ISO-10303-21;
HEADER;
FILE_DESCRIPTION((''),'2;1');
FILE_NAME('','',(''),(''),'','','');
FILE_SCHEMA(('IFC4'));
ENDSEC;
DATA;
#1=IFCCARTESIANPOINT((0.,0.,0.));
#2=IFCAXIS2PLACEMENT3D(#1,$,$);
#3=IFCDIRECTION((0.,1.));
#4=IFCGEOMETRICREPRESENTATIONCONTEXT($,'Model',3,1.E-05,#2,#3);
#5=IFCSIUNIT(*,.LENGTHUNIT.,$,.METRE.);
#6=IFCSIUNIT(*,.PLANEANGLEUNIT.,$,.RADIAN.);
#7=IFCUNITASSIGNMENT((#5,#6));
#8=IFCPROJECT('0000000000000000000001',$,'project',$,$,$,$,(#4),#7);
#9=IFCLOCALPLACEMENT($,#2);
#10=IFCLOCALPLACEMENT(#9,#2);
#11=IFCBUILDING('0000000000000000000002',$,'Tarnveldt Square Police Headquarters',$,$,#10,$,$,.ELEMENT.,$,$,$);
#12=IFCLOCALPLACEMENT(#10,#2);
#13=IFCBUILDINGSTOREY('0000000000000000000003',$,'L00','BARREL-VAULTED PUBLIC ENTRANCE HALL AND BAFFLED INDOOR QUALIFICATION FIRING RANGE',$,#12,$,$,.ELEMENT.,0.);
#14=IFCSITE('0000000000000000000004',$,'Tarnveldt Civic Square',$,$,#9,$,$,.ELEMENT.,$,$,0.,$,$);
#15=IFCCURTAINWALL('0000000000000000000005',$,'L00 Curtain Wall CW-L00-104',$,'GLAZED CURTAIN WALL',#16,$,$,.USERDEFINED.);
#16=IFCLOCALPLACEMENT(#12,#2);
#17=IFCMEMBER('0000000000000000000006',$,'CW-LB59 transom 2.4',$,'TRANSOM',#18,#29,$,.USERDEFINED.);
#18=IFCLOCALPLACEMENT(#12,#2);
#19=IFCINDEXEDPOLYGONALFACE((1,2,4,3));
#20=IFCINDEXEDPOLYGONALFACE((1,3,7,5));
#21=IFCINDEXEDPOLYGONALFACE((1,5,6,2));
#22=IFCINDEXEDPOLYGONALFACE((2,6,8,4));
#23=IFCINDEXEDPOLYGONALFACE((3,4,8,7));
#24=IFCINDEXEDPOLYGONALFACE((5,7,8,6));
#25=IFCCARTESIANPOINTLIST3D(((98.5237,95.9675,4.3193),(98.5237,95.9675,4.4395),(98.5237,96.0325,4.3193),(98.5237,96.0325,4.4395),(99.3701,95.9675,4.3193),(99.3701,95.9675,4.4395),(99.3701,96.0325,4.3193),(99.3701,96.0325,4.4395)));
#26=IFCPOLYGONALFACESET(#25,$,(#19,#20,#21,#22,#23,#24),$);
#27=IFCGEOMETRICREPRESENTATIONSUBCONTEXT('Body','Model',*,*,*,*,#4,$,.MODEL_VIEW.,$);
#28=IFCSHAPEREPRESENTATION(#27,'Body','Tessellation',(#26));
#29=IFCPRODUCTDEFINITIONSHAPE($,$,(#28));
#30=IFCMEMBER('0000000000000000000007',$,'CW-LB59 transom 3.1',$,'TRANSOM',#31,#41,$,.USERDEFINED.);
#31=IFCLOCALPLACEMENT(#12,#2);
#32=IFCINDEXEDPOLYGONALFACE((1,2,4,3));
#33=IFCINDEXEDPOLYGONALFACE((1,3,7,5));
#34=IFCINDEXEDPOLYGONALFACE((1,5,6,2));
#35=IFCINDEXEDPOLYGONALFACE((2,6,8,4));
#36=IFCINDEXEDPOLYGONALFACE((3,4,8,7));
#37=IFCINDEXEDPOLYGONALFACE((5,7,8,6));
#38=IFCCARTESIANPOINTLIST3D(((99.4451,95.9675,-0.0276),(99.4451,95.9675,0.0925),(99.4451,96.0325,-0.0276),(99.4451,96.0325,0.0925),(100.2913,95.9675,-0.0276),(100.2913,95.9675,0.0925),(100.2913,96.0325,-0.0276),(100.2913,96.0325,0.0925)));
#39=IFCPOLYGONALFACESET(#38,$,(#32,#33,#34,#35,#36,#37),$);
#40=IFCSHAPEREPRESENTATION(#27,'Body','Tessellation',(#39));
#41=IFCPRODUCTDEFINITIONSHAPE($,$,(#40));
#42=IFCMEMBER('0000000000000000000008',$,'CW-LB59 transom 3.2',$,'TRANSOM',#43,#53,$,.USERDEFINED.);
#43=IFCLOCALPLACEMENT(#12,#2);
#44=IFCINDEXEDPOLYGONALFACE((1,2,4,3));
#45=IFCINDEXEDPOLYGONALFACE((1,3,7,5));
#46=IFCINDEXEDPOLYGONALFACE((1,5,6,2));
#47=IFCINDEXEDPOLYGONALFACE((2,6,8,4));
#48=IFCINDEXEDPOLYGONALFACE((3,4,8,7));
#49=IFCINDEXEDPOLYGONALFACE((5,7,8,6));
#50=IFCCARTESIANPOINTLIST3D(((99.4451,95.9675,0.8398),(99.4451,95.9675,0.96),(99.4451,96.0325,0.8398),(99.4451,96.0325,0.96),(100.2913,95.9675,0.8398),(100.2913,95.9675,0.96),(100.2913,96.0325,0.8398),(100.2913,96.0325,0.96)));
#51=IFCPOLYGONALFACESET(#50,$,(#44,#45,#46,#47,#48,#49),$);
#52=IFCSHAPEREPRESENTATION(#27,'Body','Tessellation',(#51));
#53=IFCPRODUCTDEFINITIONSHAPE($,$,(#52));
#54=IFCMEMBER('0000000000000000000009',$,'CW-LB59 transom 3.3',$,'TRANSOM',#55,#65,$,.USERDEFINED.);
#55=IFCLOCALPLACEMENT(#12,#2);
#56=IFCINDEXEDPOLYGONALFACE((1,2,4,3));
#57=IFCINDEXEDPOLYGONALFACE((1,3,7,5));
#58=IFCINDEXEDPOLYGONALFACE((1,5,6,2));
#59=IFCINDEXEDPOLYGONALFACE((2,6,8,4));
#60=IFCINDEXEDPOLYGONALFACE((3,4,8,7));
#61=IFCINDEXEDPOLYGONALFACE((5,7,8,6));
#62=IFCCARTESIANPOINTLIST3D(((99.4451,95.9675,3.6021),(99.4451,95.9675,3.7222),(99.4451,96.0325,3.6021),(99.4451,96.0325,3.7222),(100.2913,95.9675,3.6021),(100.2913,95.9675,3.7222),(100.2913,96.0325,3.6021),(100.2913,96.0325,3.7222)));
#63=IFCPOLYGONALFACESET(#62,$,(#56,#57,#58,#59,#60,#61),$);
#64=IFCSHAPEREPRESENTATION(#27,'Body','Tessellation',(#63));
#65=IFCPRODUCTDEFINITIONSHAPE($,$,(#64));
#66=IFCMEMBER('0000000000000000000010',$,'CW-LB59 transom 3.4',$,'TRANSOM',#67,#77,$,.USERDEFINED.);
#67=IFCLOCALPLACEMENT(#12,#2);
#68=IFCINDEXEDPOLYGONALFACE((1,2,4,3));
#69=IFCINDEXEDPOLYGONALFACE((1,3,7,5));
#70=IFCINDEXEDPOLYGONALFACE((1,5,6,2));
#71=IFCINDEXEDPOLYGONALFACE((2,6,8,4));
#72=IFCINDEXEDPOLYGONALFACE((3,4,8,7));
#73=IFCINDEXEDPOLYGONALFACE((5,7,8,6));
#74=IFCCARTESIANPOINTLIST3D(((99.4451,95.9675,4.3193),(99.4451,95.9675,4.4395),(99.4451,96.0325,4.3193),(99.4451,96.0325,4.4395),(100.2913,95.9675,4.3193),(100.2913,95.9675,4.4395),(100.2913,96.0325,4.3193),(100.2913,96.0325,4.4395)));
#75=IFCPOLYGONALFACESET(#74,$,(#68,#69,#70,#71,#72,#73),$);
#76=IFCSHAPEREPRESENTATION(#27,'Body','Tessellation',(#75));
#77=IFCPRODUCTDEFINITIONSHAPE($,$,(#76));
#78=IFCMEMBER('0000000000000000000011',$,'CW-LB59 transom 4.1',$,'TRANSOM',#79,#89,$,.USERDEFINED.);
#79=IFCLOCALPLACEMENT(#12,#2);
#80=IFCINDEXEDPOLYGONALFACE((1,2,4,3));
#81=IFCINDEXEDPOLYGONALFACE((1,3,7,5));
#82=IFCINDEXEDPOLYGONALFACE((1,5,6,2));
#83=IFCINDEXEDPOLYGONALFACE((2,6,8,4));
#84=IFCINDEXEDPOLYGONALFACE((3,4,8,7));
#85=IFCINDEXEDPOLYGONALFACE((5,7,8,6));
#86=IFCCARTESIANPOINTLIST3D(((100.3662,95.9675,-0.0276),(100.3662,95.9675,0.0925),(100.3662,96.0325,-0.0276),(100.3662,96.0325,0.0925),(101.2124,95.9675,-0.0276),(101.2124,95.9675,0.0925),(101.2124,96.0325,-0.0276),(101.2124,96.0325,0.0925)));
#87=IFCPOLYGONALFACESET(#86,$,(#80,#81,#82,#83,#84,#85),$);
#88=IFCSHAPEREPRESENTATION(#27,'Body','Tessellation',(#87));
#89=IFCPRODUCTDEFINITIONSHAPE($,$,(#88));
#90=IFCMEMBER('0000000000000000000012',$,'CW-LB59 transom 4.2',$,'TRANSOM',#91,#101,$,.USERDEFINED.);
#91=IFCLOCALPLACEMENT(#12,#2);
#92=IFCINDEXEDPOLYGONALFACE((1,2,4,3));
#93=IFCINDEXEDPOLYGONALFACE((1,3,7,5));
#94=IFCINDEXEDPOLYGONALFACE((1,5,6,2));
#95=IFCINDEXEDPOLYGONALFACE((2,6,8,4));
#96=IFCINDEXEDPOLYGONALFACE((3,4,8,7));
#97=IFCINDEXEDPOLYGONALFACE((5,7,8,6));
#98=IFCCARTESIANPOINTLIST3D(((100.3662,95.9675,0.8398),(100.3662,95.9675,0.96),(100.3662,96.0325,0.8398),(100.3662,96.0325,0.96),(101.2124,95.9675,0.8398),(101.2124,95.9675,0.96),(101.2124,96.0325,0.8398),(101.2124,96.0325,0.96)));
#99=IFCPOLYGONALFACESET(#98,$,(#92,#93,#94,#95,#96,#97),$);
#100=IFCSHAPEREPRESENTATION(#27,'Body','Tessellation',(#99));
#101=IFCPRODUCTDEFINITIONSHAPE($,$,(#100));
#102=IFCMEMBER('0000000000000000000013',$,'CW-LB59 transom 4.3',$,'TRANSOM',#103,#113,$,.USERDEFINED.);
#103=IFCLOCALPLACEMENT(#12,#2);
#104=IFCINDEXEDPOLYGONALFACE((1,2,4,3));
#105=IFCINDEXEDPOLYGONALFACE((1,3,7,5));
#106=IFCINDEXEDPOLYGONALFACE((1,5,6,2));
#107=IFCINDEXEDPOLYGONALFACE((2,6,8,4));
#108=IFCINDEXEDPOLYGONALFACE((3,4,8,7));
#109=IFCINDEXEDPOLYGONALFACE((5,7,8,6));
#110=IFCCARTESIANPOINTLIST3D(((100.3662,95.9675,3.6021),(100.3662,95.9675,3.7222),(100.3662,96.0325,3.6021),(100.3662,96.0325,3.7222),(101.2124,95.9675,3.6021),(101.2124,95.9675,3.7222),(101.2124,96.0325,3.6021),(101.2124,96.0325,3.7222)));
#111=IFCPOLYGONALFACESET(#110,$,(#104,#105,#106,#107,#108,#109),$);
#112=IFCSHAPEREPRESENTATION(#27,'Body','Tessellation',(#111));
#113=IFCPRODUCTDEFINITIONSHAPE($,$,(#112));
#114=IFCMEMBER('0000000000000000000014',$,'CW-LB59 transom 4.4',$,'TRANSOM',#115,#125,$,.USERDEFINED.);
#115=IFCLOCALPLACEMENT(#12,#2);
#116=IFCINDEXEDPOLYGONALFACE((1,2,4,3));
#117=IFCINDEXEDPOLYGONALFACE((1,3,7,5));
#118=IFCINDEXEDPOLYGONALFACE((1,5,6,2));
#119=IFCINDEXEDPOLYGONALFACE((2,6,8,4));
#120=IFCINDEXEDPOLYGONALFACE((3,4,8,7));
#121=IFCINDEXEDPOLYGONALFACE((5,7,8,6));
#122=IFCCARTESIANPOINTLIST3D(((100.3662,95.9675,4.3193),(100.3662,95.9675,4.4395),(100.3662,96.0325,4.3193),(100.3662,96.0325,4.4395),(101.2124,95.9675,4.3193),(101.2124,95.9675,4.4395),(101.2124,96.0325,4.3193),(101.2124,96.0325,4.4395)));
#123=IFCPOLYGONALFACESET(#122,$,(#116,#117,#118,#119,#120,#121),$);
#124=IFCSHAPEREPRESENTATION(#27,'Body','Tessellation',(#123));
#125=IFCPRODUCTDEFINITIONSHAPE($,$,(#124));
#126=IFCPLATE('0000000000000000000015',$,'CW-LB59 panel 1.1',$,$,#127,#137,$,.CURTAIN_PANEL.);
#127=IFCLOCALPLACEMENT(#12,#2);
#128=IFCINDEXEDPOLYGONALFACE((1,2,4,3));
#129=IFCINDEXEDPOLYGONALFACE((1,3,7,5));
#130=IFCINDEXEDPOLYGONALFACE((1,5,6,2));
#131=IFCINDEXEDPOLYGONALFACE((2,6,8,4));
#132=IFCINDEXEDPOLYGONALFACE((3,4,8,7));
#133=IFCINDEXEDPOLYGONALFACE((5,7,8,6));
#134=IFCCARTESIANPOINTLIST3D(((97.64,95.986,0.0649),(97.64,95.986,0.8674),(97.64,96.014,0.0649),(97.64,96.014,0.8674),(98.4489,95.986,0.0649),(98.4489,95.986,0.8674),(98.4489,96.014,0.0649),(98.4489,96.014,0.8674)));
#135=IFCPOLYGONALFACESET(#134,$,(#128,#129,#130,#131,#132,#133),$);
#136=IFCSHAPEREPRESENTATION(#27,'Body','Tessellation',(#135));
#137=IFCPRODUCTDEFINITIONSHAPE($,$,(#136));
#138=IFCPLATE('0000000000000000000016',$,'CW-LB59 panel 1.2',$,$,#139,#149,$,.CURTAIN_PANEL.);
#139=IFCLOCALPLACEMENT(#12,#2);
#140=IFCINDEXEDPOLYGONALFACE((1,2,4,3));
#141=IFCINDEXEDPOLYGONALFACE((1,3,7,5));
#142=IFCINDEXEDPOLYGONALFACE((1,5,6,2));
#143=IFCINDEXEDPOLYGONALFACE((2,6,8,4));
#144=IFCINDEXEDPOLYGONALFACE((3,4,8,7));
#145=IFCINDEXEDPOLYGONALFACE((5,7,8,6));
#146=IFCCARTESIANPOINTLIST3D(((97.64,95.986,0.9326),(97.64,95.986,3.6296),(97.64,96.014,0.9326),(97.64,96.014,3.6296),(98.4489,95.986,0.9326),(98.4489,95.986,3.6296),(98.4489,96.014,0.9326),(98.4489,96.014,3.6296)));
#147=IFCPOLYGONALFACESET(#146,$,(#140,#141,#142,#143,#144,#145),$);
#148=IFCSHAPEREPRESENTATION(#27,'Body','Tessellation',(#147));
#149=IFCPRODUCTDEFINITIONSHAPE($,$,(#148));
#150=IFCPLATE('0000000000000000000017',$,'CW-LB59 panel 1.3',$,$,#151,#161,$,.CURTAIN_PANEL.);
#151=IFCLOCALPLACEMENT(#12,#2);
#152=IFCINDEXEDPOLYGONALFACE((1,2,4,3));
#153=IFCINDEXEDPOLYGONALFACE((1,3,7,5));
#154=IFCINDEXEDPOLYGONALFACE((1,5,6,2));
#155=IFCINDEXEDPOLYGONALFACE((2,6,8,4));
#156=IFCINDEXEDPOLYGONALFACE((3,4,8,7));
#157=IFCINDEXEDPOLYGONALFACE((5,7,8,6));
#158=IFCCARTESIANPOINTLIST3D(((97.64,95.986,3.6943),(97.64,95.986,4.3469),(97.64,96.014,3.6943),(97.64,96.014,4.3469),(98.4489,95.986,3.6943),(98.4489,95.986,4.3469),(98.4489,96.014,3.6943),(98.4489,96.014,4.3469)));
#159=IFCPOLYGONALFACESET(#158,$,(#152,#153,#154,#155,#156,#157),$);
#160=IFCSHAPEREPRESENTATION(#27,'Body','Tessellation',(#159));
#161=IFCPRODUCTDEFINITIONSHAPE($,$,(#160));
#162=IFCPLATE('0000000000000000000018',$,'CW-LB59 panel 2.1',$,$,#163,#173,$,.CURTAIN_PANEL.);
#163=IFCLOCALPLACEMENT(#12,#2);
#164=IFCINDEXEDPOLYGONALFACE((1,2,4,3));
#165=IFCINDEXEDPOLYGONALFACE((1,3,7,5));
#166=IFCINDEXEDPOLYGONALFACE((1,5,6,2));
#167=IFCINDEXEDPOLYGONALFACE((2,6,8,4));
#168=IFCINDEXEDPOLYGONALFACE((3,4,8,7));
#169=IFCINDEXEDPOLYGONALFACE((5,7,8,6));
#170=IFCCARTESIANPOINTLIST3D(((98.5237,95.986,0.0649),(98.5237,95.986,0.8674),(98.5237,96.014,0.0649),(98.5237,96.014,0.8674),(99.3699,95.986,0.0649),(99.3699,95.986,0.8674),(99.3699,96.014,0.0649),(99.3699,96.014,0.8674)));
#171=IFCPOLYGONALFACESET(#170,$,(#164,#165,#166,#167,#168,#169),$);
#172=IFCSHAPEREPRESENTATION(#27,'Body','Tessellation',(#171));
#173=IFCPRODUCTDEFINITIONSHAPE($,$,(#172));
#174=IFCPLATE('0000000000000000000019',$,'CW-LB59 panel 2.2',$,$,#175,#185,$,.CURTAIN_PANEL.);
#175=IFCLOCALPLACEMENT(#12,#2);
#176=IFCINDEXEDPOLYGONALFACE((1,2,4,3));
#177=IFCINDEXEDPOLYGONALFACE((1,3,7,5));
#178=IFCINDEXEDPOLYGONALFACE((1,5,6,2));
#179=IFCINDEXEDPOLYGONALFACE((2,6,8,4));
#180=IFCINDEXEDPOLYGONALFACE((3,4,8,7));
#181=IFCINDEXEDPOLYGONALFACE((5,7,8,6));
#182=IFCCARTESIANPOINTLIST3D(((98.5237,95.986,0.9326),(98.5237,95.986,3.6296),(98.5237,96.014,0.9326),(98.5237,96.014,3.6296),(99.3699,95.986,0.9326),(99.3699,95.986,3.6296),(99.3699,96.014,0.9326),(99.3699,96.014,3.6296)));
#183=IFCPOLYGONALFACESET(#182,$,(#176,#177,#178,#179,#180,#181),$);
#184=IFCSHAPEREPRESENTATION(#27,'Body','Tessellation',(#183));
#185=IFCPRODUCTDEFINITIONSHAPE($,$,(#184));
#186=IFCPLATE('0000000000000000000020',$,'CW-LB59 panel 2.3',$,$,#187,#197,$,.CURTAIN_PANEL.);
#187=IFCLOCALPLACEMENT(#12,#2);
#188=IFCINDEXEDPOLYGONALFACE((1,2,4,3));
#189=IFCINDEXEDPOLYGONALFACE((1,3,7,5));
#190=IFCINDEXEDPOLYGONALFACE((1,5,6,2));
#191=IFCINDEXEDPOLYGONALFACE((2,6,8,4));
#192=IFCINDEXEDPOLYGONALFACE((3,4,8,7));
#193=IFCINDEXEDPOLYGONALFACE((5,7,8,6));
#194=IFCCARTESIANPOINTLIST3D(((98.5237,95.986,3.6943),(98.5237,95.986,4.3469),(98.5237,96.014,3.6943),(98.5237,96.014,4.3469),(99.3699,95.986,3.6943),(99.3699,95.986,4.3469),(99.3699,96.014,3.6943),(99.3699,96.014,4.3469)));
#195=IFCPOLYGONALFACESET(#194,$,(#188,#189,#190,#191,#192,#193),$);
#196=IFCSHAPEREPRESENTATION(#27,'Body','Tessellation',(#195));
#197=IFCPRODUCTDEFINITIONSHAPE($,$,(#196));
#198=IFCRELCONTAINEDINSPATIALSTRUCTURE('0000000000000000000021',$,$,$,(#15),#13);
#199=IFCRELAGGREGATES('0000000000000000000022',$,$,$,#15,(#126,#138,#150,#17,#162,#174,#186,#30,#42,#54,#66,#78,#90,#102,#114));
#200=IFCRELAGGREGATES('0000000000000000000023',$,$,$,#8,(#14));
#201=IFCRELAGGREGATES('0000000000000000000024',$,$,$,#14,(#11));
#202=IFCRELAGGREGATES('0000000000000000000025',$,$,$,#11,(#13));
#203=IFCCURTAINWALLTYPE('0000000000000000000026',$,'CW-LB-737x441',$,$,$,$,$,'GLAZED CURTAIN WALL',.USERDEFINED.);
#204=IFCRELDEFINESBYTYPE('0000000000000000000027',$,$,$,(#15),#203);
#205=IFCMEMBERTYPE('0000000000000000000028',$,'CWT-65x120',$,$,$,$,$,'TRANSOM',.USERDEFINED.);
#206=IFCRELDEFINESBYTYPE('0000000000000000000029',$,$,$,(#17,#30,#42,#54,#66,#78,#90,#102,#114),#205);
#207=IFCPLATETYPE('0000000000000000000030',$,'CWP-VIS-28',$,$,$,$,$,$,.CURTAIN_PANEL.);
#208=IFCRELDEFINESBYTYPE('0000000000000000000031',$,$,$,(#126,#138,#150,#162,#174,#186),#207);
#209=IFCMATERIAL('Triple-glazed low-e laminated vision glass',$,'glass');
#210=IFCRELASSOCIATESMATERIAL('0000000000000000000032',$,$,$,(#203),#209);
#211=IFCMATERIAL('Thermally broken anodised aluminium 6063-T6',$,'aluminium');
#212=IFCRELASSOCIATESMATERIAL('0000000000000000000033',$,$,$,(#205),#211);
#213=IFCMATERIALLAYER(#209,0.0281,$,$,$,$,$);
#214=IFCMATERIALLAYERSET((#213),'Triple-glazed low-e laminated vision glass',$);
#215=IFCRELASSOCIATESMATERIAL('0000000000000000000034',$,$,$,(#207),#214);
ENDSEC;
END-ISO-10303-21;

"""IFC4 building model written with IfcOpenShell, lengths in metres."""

from ifc_helpers import new_model, si_unit, direction, frame, origin, origin_2d, place, context, subcontext, project, spatial, rectangle, extrude, material, layer, layer_set, material_profile, profile_set, type_object, element, aggregate, save


model = new_model("IFC4")

# Units and contexts
model_context = context("Model", 3, precision=1e-05, world=origin(), true_north=direction((0.0, 1.0)))
body_context = subcontext(model_context, "Body", "Model", "MODEL_VIEW")
ifc_project = project(units=[si_unit("LENGTHUNIT", "METRE"), si_unit("PLANEANGLEUNIT", "RADIAN")], contexts=[model_context])

# Site, building, storey
site_placement = place(None, origin())
site = spatial("IfcSite", under=ifc_project, at=site_placement, Name="Tarnveldt Civic Square", CompositionType="ELEMENT", RefElevation=0.0)
building_placement = place(site_placement, origin())
building = spatial("IfcBuilding", under=site, at=building_placement, Name="Tarnveldt Square Police Headquarters", CompositionType="ELEMENT")
storey_placement = place(building_placement, origin())
storey = spatial("IfcBuildingStorey", under=building, at=storey_placement, Name="L00", Description="BARREL-VAULTED PUBLIC ENTRANCE HALL AND BAFFLED INDOOR QUALIFICATION FIRING RANGE", CompositionType="ELEMENT", Elevation=0.0)

# Curtain wall, members, plates
ifc_material_1 = material(Name="Triple-glazed low-e laminated vision glass", Category="glass")
curtain_wall_type = type_object("IfcCurtainWallType", Name="CW-LB-737x441", ElementType="GLAZED CURTAIN WALL", PredefinedType="USERDEFINED", material=ifc_material_1)
curtain_wall_placement = place(storey_placement, origin())
curtain_wall = element("IfcCurtainWall", 1, at=curtain_wall_placement, inside=storey, type_object=curtain_wall_type, Name="L00 Curtain Wall CW-L00-104", ObjectType="GLAZED CURTAIN WALL", PredefinedType="USERDEFINED")
ifc_material_2 = material(Name="Thermally broken anodised aluminium 6063-T6", Category="aluminium")
ifc_material_profile_1 = material_profile(ifc_material_2, rectangle(XDim=0.0649, YDim=0.1201, at=origin_2d()), Name="CW-T65x120")
ifc_profile_set_1 = profile_set([ifc_material_profile_1], Name="Thermally broken anodised aluminium 6063-T6")
member_type_1 = type_object("IfcMemberType", Name="CWT-65x120", ElementType="TRANSOM", PredefinedType="USERDEFINED", material=ifc_profile_set_1)
member_1_placement = place(storey_placement, frame((98.5237, 96.0, 4.3794), z_axis=(1.0, 0.0, 0.0), x_axis=(0.0, 1.0, 0.0)))
member_1 = element("IfcMember", 2, at=member_1_placement, type_object=member_type_1, Name="CW-LB59 transom 2.4", ObjectType="TRANSOM", PredefinedType="USERDEFINED", context=body_context, shape_type="SweptSolid", body=[
    extrude(rectangle(XDim=0.0649, YDim=0.1201, at=origin_2d()), origin(), (0.0, 0.0, 1.0), 0.8464),
])
member_2_placement = place(storey_placement, frame((99.4451, 96.0, 0.0325), z_axis=(1.0, 0.0, 0.0), x_axis=(0.0, 1.0, 0.0)))
member_2 = element("IfcMember", 3, at=member_2_placement, type_object=member_type_1, Name="CW-LB59 transom 3.1", ObjectType="TRANSOM", PredefinedType="USERDEFINED", context=body_context, shape_type="SweptSolid", body=[
    extrude(rectangle(XDim=0.0649, YDim=0.1201, at=origin_2d()), origin(), (0.0, 0.0, 1.0), 0.8462),
])
member_3_placement = place(storey_placement, frame((99.4451, 96.0, 0.8999), z_axis=(1.0, 0.0, 0.0), x_axis=(0.0, 1.0, 0.0)))
member_3 = element("IfcMember", 4, at=member_3_placement, type_object=member_type_1, Name="CW-LB59 transom 3.2", ObjectType="TRANSOM", PredefinedType="USERDEFINED", context=body_context, shape_type="SweptSolid", body=[
    extrude(rectangle(XDim=0.0649, YDim=0.1201, at=origin_2d()), origin(), (0.0, 0.0, 1.0), 0.8462),
])
member_4_placement = place(storey_placement, frame((99.4451, 96.0, 3.6621), z_axis=(1.0, 0.0, 0.0), x_axis=(0.0, 1.0, 0.0)))
member_4 = element("IfcMember", 5, at=member_4_placement, type_object=member_type_1, Name="CW-LB59 transom 3.3", ObjectType="TRANSOM", PredefinedType="USERDEFINED", context=body_context, shape_type="SweptSolid", body=[
    extrude(rectangle(XDim=0.0649, YDim=0.1201, at=origin_2d()), origin(), (0.0, 0.0, 1.0), 0.8462),
])
member_5_placement = place(storey_placement, frame((99.4451, 96.0, 4.3794), z_axis=(1.0, 0.0, 0.0), x_axis=(0.0, 1.0, 0.0)))
member_5 = element("IfcMember", 6, at=member_5_placement, type_object=member_type_1, Name="CW-LB59 transom 3.4", ObjectType="TRANSOM", PredefinedType="USERDEFINED", context=body_context, shape_type="SweptSolid", body=[
    extrude(rectangle(XDim=0.0649, YDim=0.1201, at=origin_2d()), origin(), (0.0, 0.0, 1.0), 0.8462),
])
member_6_placement = place(storey_placement, frame((100.3662, 96.0, 0.0325), z_axis=(1.0, 0.0, 0.0), x_axis=(0.0, 1.0, 0.0)))
member_6 = element("IfcMember", 7, at=member_6_placement, type_object=member_type_1, Name="CW-LB59 transom 4.1", ObjectType="TRANSOM", PredefinedType="USERDEFINED", context=body_context, shape_type="SweptSolid", body=[
    extrude(rectangle(XDim=0.0649, YDim=0.1201, at=origin_2d()), origin(), (0.0, 0.0, 1.0), 0.8462),
])
member_7_placement = place(storey_placement, frame((100.3662, 96.0, 0.8999), z_axis=(1.0, 0.0, 0.0), x_axis=(0.0, 1.0, 0.0)))
member_7 = element("IfcMember", 8, at=member_7_placement, type_object=member_type_1, Name="CW-LB59 transom 4.2", ObjectType="TRANSOM", PredefinedType="USERDEFINED", context=body_context, shape_type="SweptSolid", body=[
    extrude(rectangle(XDim=0.0649, YDim=0.1201, at=origin_2d()), origin(), (0.0, 0.0, 1.0), 0.8462),
])
member_8_placement = place(storey_placement, frame((100.3662, 96.0, 3.6621), z_axis=(1.0, 0.0, 0.0), x_axis=(0.0, 1.0, 0.0)))
member_8 = element("IfcMember", 9, at=member_8_placement, type_object=member_type_1, Name="CW-LB59 transom 4.3", ObjectType="TRANSOM", PredefinedType="USERDEFINED", context=body_context, shape_type="SweptSolid", body=[
    extrude(rectangle(XDim=0.0649, YDim=0.1201, at=origin_2d()), origin(), (0.0, 0.0, 1.0), 0.8462),
])
member_9_placement = place(storey_placement, frame((100.3662, 96.0, 4.3794), z_axis=(1.0, 0.0, 0.0), x_axis=(0.0, 1.0, 0.0)))
member_9 = element("IfcMember", 10, at=member_9_placement, type_object=member_type_1, Name="CW-LB59 transom 4.4", ObjectType="TRANSOM", PredefinedType="USERDEFINED", context=body_context, shape_type="SweptSolid", body=[
    extrude(rectangle(XDim=0.0649, YDim=0.1201, at=origin_2d()), origin(), (0.0, 0.0, 1.0), 0.8462),
])
ifc_layer = layer(ifc_material_1, 0.0281)
ifc_layer_set = layer_set([ifc_layer], Name="Triple-glazed low-e laminated vision glass")
plate_type = type_object("IfcPlateType", Name="CWP-VIS-28", PredefinedType="CURTAIN_PANEL", material=ifc_layer_set)
plate_1_placement = place(storey_placement, frame((98.0444, 96.0, 0.0649), z_axis=(0.0, 0.0, 1.0), x_axis=(1.0, 0.0, 0.0)))
plate_1 = element("IfcPlate", 11, at=plate_1_placement, type_object=plate_type, Name="CW-LB59 panel 1.1", PredefinedType="CURTAIN_PANEL", context=body_context, shape_type="SweptSolid", body=[
    extrude(rectangle(XDim=0.8088, YDim=0.0281, at=origin_2d()), origin(), (0.0, 0.0, 1.0), 0.8025),
])
plate_2_placement = place(storey_placement, frame((98.0444, 96.0, 0.9326), z_axis=(0.0, 0.0, 1.0), x_axis=(1.0, 0.0, 0.0)))
plate_2 = element("IfcPlate", 12, at=plate_2_placement, type_object=plate_type, Name="CW-LB59 panel 1.2", PredefinedType="CURTAIN_PANEL", context=body_context, shape_type="SweptSolid", body=[
    extrude(rectangle(XDim=0.8088, YDim=0.0281, at=origin_2d()), origin(), (0.0, 0.0, 1.0), 2.697),
])
plate_3_placement = place(storey_placement, frame((98.0444, 96.0, 3.6943), z_axis=(0.0, 0.0, 1.0), x_axis=(1.0, 0.0, 0.0)))
plate_3 = element("IfcPlate", 13, at=plate_3_placement, type_object=plate_type, Name="CW-LB59 panel 1.3", PredefinedType="CURTAIN_PANEL", context=body_context, shape_type="SweptSolid", body=[
    extrude(rectangle(XDim=0.8088, YDim=0.0281, at=origin_2d()), origin(), (0.0, 0.0, 1.0), 0.6526),
])
plate_4_placement = place(storey_placement, frame((98.9468, 96.0, 0.0649), z_axis=(0.0, 0.0, 1.0), x_axis=(1.0, 0.0, 0.0)))
plate_4 = element("IfcPlate", 14, at=plate_4_placement, type_object=plate_type, Name="CW-LB59 panel 2.1", PredefinedType="CURTAIN_PANEL", context=body_context, shape_type="SweptSolid", body=[
    extrude(rectangle(XDim=0.8462, YDim=0.0281, at=origin_2d()), origin(), (0.0, 0.0, 1.0), 0.8025),
])
plate_5_placement = place(storey_placement, frame((98.9468, 96.0, 0.9326), z_axis=(0.0, 0.0, 1.0), x_axis=(1.0, 0.0, 0.0)))
plate_5 = element("IfcPlate", 15, at=plate_5_placement, type_object=plate_type, Name="CW-LB59 panel 2.2", PredefinedType="CURTAIN_PANEL", context=body_context, shape_type="SweptSolid", body=[
    extrude(rectangle(XDim=0.8462, YDim=0.0281, at=origin_2d()), origin(), (0.0, 0.0, 1.0), 2.697),
])
plate_6_placement = place(storey_placement, frame((98.9468, 96.0, 3.6943), z_axis=(0.0, 0.0, 1.0), x_axis=(1.0, 0.0, 0.0)))
plate_6 = element("IfcPlate", 16, at=plate_6_placement, type_object=plate_type, Name="CW-LB59 panel 2.3", PredefinedType="CURTAIN_PANEL", context=body_context, shape_type="SweptSolid", body=[
    extrude(rectangle(XDim=0.8462, YDim=0.0281, at=origin_2d()), origin(), (0.0, 0.0, 1.0), 0.6526),
])
aggregate(curtain_wall, [plate_1, plate_2, plate_3, member_1, plate_4, plate_5, plate_6, member_2, member_3, member_4, member_5, member_6, member_7, member_8, member_9])

save(model, "model.ifc")
